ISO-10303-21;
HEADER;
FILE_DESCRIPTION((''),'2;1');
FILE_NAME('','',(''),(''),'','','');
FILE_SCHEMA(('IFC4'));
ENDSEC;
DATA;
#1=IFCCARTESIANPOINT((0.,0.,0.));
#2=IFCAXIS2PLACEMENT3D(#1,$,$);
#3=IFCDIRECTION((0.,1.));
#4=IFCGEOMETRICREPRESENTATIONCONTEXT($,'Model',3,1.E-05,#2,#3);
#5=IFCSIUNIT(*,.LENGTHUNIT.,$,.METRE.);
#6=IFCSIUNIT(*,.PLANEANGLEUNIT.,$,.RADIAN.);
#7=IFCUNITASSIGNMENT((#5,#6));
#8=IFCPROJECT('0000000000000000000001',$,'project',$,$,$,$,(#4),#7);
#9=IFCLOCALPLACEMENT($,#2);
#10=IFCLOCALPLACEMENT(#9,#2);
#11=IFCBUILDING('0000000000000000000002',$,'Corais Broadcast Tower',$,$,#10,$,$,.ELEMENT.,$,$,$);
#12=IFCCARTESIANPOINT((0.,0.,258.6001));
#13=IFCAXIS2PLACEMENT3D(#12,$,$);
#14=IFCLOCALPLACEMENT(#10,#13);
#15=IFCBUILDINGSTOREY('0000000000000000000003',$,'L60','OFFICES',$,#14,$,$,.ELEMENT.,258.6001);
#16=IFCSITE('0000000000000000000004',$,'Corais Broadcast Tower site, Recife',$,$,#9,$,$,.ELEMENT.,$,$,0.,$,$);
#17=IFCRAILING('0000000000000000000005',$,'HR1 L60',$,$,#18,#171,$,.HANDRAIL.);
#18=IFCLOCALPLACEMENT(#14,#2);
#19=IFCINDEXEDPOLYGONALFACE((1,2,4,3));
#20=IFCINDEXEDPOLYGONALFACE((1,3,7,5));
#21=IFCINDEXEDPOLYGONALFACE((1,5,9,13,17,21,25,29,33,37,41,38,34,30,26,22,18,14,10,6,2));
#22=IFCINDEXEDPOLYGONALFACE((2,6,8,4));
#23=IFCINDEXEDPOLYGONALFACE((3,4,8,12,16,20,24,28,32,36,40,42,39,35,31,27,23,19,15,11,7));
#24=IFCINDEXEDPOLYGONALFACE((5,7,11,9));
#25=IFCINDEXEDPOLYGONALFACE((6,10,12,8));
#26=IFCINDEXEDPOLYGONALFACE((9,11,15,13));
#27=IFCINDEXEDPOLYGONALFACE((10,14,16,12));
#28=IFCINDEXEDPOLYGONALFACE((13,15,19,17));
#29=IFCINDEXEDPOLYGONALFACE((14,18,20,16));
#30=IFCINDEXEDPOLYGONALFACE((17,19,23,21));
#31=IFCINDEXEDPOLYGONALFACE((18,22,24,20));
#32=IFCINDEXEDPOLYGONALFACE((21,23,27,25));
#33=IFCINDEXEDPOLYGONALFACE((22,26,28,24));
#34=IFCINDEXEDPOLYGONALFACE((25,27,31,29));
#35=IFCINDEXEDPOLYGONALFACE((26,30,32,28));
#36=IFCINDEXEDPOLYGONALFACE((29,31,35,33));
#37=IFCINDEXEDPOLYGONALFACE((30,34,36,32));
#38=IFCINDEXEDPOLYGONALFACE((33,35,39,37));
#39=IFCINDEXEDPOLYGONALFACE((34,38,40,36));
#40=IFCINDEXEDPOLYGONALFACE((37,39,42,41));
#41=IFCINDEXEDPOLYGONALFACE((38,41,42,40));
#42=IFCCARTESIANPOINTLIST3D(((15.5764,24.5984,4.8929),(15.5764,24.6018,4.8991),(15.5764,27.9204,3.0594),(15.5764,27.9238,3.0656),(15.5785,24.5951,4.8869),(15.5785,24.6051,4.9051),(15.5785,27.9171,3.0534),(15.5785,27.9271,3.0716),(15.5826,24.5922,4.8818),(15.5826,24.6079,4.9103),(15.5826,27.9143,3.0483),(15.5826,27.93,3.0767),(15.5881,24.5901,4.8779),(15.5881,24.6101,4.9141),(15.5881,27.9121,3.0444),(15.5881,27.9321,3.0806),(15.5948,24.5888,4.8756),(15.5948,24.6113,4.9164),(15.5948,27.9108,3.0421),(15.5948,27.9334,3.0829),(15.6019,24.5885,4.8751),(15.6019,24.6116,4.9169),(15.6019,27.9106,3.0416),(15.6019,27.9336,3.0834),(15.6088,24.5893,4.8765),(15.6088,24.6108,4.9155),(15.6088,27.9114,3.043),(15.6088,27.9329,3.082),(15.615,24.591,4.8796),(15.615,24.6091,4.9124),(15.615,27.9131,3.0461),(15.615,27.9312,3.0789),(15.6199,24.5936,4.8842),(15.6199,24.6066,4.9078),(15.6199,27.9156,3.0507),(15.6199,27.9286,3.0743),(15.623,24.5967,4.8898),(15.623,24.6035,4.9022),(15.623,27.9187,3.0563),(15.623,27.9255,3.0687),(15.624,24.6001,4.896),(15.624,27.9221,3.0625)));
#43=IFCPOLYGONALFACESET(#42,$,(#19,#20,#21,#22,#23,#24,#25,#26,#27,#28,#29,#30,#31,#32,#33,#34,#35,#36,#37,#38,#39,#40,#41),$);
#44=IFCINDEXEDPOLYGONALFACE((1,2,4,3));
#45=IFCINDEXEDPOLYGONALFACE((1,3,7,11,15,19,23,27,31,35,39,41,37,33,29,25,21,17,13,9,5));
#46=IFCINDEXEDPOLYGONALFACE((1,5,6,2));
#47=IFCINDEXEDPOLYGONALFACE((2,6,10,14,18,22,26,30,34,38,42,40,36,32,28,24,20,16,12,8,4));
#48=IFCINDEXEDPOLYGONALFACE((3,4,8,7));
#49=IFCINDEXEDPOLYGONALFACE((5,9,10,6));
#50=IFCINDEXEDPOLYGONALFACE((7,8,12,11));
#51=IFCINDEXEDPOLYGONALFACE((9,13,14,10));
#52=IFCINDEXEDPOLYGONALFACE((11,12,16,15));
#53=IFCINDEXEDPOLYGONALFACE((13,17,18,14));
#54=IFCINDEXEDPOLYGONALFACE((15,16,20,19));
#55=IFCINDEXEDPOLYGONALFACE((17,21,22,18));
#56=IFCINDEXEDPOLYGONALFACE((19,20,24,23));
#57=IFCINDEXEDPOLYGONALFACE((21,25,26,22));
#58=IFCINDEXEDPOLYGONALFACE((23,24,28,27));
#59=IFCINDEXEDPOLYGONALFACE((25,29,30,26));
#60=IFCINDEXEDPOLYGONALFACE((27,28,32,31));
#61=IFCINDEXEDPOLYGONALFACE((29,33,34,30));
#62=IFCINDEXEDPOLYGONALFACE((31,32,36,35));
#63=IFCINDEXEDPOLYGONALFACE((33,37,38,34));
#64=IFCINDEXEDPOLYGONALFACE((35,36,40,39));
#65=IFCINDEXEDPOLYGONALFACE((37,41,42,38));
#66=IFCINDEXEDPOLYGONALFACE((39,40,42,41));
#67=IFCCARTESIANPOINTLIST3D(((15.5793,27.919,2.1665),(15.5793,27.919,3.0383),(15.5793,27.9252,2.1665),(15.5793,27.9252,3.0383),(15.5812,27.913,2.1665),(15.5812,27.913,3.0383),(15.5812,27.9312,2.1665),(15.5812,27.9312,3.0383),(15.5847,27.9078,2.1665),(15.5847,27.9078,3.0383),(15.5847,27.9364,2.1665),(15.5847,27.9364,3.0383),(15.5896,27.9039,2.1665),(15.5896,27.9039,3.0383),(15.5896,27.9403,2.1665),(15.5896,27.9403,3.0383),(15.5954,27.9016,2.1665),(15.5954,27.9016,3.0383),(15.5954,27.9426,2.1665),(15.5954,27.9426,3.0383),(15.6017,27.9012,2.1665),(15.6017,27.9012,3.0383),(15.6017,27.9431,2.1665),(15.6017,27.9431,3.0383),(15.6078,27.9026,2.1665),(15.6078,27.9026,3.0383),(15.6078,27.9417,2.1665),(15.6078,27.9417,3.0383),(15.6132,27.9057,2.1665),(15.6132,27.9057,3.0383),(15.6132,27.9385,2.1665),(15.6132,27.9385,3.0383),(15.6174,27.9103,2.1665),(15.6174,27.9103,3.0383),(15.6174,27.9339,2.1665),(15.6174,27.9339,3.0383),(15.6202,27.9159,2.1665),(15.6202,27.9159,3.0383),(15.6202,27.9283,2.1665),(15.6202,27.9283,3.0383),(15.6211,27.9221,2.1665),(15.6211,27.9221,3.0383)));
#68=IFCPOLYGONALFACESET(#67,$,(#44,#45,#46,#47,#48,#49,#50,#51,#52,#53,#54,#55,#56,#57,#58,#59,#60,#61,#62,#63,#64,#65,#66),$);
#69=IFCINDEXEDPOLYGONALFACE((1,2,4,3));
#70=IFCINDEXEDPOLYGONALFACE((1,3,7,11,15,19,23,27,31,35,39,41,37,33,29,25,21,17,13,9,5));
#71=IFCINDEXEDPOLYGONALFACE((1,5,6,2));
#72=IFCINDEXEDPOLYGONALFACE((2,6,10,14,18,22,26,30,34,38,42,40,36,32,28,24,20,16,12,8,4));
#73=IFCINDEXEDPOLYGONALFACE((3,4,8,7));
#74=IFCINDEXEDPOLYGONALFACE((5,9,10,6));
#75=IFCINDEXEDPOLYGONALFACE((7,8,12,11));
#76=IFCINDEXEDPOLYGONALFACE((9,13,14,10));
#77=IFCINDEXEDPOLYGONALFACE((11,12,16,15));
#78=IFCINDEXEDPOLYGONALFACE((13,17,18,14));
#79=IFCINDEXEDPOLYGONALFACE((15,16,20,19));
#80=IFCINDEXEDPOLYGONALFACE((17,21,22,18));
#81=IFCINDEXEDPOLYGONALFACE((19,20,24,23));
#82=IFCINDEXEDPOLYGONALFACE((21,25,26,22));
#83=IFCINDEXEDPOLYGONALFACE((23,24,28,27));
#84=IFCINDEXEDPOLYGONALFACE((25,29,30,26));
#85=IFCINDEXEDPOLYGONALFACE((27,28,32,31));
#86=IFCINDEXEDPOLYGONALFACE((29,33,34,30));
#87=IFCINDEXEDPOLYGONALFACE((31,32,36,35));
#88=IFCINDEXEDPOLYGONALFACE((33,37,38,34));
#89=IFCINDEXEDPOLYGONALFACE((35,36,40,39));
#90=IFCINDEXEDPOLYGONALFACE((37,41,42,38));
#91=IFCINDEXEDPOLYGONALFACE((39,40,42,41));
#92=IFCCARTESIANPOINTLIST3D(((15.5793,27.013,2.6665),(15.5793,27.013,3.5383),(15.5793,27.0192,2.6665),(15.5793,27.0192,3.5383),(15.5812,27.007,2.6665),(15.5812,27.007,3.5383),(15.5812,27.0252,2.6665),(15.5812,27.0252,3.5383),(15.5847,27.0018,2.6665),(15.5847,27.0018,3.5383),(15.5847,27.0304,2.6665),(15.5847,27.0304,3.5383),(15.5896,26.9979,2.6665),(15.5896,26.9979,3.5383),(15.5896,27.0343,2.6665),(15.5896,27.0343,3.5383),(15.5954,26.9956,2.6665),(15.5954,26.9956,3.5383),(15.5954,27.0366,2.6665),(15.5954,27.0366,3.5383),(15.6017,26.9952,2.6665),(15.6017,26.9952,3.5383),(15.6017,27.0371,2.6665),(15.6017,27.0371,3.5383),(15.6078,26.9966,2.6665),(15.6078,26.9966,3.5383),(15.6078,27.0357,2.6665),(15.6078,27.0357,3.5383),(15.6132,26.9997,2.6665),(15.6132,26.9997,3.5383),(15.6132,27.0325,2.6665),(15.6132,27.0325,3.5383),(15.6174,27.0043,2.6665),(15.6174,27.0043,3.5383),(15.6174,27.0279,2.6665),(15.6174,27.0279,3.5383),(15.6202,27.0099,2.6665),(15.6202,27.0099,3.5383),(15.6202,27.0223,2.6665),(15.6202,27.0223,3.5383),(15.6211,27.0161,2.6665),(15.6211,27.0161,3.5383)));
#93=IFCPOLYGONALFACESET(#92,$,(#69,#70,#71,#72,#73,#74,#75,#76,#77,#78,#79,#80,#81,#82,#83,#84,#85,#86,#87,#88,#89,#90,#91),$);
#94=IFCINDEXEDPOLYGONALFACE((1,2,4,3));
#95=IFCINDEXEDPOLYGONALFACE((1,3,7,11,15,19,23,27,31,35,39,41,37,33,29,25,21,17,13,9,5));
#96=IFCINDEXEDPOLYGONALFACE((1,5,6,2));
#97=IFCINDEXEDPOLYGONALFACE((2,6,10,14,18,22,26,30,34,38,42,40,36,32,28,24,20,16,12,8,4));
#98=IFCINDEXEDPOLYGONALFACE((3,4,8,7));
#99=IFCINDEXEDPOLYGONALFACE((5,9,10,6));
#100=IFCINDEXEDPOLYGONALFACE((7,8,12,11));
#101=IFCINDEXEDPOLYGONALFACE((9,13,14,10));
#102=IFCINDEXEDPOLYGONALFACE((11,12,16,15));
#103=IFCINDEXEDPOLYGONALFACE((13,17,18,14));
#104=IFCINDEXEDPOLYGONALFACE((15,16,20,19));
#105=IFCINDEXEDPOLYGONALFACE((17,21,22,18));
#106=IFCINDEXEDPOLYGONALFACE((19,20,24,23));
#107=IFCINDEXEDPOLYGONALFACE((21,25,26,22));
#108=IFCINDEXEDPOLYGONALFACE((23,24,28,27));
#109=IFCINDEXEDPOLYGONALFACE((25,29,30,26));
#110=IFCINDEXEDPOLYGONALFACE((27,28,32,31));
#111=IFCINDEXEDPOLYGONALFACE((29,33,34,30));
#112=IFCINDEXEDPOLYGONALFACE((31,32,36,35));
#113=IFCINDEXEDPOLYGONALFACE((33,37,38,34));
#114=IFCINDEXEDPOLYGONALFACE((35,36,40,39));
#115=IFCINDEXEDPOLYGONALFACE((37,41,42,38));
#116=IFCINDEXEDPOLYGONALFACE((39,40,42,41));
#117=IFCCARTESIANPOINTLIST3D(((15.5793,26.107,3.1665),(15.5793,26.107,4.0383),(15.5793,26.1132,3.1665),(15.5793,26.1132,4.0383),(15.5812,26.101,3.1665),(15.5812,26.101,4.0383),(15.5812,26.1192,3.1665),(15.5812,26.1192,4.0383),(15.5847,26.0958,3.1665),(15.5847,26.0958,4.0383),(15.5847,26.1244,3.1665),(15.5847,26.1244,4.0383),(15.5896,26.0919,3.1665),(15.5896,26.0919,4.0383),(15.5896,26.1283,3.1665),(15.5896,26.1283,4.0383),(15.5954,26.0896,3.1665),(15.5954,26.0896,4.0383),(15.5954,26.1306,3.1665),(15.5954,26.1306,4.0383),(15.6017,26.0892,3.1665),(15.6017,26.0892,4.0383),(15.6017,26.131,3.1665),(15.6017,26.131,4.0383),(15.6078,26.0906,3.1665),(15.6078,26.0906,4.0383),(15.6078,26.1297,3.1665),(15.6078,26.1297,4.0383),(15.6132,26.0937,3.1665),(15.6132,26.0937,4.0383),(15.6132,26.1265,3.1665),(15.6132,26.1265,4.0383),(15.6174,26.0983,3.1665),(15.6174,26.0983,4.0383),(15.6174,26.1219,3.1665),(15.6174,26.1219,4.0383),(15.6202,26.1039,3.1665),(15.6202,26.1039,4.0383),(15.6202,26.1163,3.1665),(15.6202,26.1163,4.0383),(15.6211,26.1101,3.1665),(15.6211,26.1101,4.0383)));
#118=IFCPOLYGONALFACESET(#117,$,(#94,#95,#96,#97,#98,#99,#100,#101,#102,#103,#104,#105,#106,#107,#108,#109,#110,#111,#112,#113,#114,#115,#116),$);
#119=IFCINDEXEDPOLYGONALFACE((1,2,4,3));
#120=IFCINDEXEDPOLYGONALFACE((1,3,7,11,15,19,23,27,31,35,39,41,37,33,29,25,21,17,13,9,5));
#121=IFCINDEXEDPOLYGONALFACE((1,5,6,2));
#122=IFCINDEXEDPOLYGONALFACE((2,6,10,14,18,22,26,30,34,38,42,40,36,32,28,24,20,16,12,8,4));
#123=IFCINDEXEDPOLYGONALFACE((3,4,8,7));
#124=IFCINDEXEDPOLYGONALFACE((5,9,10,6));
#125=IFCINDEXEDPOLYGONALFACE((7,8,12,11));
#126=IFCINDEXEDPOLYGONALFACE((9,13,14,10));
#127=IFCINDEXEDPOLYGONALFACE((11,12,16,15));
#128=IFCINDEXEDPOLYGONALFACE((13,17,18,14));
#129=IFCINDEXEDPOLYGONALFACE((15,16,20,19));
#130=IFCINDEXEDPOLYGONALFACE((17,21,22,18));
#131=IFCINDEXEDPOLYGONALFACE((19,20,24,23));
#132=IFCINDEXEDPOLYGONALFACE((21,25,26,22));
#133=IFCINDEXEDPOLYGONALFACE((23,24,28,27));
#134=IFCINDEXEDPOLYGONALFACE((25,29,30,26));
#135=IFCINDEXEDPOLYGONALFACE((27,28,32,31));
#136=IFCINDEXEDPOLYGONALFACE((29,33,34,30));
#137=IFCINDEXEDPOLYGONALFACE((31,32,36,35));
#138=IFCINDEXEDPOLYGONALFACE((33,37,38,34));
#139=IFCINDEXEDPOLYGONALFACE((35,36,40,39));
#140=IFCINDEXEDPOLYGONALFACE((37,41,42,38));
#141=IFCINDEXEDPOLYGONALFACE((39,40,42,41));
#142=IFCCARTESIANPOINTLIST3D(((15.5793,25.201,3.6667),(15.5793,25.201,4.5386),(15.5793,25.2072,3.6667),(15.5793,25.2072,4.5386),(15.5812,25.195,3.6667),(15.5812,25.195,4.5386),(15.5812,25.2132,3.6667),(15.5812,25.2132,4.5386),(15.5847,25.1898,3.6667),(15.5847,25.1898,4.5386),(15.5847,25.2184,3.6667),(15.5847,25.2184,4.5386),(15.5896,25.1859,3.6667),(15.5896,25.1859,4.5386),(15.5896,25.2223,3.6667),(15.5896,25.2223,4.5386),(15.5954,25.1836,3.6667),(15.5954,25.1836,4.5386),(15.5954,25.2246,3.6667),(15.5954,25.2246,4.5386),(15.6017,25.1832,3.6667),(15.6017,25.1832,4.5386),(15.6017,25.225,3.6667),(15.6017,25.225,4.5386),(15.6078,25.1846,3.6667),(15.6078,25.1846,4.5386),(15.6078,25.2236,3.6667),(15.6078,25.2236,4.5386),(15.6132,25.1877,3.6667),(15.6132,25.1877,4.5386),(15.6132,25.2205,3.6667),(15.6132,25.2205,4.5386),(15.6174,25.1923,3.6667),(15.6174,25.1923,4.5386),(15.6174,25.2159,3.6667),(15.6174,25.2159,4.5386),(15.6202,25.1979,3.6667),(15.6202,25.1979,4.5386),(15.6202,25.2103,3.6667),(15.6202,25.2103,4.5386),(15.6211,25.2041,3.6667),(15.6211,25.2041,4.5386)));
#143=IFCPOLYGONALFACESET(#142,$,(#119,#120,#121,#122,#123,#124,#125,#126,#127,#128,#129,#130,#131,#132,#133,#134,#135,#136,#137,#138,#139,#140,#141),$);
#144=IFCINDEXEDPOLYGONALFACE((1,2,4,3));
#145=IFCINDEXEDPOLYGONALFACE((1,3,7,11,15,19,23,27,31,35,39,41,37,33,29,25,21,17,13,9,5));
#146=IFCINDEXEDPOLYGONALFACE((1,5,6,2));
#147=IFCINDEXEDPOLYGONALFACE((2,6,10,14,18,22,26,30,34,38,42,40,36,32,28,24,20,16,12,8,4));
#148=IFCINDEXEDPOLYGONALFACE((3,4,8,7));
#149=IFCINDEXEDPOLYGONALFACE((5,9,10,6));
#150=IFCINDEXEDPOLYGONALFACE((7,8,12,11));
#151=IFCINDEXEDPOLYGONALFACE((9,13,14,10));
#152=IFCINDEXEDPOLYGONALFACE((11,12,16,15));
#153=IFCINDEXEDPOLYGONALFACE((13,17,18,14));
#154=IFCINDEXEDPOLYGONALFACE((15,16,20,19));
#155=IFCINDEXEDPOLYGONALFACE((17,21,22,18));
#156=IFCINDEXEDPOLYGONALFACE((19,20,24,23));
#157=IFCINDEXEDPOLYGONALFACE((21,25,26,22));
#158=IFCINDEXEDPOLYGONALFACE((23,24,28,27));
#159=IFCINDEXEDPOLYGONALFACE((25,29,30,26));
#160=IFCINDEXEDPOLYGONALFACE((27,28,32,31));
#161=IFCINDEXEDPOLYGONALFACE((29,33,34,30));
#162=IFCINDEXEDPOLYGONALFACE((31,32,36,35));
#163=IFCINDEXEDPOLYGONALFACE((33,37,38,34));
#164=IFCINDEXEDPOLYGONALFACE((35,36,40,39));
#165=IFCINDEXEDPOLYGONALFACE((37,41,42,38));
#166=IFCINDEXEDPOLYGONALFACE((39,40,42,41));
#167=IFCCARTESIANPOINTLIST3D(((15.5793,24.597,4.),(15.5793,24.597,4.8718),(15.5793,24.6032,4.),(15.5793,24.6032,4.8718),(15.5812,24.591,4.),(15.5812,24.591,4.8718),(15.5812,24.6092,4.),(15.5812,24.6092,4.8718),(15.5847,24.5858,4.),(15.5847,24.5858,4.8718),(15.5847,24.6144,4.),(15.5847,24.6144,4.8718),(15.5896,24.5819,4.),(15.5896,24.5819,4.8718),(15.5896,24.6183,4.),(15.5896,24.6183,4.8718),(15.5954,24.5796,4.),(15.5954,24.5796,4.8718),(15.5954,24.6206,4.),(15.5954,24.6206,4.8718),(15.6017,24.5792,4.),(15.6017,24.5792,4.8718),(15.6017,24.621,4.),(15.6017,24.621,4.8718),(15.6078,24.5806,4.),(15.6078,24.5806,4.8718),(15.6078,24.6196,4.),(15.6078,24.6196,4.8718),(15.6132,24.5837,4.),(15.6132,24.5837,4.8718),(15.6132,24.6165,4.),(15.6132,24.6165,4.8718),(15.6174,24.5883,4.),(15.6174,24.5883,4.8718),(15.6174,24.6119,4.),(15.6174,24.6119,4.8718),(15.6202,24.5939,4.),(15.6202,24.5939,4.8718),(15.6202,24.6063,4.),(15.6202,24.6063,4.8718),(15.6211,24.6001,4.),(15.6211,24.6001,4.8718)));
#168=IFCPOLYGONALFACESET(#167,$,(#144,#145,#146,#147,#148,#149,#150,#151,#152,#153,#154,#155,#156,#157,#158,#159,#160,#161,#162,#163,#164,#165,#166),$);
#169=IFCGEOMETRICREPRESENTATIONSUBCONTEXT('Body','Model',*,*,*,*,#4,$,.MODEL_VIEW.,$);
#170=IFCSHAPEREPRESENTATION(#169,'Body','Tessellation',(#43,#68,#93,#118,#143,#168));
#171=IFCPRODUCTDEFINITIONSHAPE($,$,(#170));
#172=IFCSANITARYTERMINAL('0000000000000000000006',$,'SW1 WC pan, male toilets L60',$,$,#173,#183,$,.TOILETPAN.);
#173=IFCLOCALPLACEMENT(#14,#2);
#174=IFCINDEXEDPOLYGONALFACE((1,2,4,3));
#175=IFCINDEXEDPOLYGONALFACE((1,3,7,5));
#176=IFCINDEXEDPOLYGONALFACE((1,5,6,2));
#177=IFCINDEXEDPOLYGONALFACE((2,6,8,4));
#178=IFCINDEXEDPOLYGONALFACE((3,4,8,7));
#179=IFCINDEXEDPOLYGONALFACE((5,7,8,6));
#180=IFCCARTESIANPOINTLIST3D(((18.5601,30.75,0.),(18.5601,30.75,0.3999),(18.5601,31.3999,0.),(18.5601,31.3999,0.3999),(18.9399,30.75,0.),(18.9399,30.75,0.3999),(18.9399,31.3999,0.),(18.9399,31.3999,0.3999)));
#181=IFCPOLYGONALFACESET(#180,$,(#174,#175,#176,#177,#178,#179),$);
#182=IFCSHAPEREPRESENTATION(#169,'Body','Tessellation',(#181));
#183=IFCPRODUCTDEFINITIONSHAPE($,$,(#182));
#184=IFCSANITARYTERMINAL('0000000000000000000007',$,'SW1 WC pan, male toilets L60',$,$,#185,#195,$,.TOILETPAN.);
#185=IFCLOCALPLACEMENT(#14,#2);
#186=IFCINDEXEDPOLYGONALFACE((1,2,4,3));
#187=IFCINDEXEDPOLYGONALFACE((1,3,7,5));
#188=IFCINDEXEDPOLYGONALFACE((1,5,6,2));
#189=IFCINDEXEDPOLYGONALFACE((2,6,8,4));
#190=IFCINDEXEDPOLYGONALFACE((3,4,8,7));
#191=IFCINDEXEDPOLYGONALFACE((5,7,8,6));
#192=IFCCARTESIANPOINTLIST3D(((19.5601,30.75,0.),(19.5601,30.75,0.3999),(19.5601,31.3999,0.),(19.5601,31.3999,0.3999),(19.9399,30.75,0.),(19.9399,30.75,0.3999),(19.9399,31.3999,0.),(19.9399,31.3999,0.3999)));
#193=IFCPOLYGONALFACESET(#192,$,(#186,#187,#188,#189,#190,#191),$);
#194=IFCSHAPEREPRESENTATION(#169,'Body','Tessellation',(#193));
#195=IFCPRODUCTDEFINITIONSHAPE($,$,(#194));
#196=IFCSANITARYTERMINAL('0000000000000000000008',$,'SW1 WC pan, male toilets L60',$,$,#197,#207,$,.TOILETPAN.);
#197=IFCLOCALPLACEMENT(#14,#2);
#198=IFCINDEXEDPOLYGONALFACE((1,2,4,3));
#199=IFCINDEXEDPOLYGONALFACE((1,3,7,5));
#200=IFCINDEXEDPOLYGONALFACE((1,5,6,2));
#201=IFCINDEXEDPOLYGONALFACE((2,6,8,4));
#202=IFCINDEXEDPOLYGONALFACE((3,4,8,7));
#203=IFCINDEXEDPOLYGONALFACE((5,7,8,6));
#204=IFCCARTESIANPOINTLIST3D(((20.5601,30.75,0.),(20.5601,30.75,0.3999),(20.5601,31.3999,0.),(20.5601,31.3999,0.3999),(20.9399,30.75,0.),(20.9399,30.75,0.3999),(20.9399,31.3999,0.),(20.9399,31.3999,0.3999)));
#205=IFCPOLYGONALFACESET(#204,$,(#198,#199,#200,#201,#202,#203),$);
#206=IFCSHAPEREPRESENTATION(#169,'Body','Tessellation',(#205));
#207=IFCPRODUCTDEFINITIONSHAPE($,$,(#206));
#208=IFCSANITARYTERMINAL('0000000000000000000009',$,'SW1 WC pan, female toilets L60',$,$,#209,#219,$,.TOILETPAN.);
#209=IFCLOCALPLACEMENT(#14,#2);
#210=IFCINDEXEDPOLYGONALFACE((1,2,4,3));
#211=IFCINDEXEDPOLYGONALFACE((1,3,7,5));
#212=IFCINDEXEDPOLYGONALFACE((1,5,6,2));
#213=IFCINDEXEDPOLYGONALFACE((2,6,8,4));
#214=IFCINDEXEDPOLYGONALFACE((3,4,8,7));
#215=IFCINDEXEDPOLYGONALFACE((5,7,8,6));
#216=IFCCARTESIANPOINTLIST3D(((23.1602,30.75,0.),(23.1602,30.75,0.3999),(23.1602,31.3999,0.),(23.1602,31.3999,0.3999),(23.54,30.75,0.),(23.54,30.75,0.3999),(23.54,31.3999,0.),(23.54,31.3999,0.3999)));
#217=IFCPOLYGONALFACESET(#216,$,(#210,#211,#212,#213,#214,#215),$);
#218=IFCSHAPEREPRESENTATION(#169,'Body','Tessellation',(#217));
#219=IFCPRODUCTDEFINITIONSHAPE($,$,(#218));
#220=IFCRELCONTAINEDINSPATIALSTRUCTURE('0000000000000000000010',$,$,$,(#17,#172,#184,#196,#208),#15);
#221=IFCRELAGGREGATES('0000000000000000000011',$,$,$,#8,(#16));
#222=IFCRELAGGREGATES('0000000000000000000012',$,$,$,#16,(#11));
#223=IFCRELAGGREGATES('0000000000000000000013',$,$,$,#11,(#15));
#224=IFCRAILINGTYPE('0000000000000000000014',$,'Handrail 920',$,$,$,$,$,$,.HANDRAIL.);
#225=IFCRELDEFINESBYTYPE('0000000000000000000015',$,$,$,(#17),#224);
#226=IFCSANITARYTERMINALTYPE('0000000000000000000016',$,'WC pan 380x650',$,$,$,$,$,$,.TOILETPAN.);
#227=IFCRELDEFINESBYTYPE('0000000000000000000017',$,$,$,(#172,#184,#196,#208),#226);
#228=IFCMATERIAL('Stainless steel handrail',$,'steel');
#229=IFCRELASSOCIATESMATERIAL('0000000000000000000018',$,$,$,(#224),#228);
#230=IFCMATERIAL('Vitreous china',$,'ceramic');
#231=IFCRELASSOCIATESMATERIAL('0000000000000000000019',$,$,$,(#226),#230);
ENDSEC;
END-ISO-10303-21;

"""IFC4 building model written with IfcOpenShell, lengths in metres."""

from ifc_helpers import new_model, si_unit, direction, frame, origin, origin_2d, place, context, subcontext, project, spatial, rectangle, circle, extrude, material, type_object, element, save


model = new_model("IFC4")

# Units and contexts
model_context = context("Model", 3, precision=1e-05, world=origin(), true_north=direction((0.0, 1.0)))
body_context = subcontext(model_context, "Body", "Model", "MODEL_VIEW")
ifc_project = project(units=[si_unit("LENGTHUNIT", "METRE"), si_unit("PLANEANGLEUNIT", "RADIAN")], contexts=[model_context])

# Site, building, storey
site_placement = place(None, origin())
site = spatial("IfcSite", under=ifc_project, at=site_placement, Name="Corais Broadcast Tower site, Recife", CompositionType="ELEMENT", RefElevation=0.0)
building_placement = place(site_placement, origin())
building = spatial("IfcBuilding", under=site, at=building_placement, Name="Corais Broadcast Tower", CompositionType="ELEMENT")
storey_placement = place(building_placement, frame((0.0, 0.0, 258.6001)))
storey = spatial("IfcBuildingStorey", under=building, at=storey_placement, Name="L60", Description="OFFICES", CompositionType="ELEMENT", Elevation=258.6001)

# Railing
ifc_material_1 = material(Name="Stainless steel handrail", Category="steel")
railing_type = type_object("IfcRailingType", Name="Handrail 920", PredefinedType="HANDRAIL", material=ifc_material_1)
for number, where, name in (
    (1, (15.6001, 27.9221, 2.1665), "HR1 L60"),
):
    element("IfcRailing", number, at=place(storey_placement, frame(where)), inside=storey, type_object=railing_type, Name=name, PredefinedType="HANDRAIL", context=body_context, shape_type="SweptSolid", body=[
        extrude(circle(Radius=0.0239, at=origin_2d()), frame((0.0, 0.0, 0.896), z_axis=(0.0, -0.875504, 0.48321), x_axis=(1.0, 0.0, 0.0)), (0.0, 0.0, 1.0), 3.7944),
        extrude(circle(Radius=0.021, at=origin_2d()), origin(), (0.0, 0.0, 1.0), 0.8718),
        extrude(circle(Radius=0.021, at=origin_2d()), frame((0.0, -0.906, 0.5)), (0.0, 0.0, 1.0), 0.8718),
        extrude(circle(Radius=0.021, at=origin_2d()), frame((0.0, -1.812, 1.0)), (0.0, 0.0, 1.0), 0.8718),
        extrude(circle(Radius=0.021, at=origin_2d()), frame((0.0, -2.718, 1.5002)), (0.0, 0.0, 1.0), 0.8718),
        extrude(circle(Radius=0.021, at=origin_2d()), frame((0.0, -3.322, 1.8335)), (0.0, 0.0, 1.0), 0.8718),
    ])

# Sanitary terminals
ifc_material_2 = material(Name="Vitreous china", Category="ceramic")
sanitary_terminal_type_1 = type_object("IfcSanitaryTerminalType", Name="WC pan 380x650", PredefinedType="TOILETPAN", material=ifc_material_2)
for number, where, z_axis, x_axis, name in (
    (2, (18.75, 31.075, 0.0), (0.0, 0.0, 1.0), (1.0, 0.0, 0.0), "SW1 WC pan, male toilets L60"),
    (3, (19.75, 31.075, 0.0), (0.0, 0.0, 1.0), (1.0, 0.0, 0.0), "SW1 WC pan, male toilets L60"),
    (4, (20.75, 31.075, 0.0), (0.0, 0.0, 1.0), (1.0, 0.0, 0.0), "SW1 WC pan, male toilets L60"),
    (5, (23.3501, 31.075, 0.0), (0.0, 0.0, 1.0), (1.0, 0.0, 0.0), "SW1 WC pan, female toilets L60"),
):
    element("IfcSanitaryTerminal", number, at=place(storey_placement, frame(where, z_axis=z_axis, x_axis=x_axis)), inside=storey, type_object=sanitary_terminal_type_1, Name=name, PredefinedType="TOILETPAN", context=body_context, shape_type="SweptSolid", body=[
        extrude(rectangle(XDim=0.3799, YDim=0.6499, at=origin_2d()), origin(), (0.0, 0.0, 1.0), 0.3999),
    ])

save(model, "model.ifc")
